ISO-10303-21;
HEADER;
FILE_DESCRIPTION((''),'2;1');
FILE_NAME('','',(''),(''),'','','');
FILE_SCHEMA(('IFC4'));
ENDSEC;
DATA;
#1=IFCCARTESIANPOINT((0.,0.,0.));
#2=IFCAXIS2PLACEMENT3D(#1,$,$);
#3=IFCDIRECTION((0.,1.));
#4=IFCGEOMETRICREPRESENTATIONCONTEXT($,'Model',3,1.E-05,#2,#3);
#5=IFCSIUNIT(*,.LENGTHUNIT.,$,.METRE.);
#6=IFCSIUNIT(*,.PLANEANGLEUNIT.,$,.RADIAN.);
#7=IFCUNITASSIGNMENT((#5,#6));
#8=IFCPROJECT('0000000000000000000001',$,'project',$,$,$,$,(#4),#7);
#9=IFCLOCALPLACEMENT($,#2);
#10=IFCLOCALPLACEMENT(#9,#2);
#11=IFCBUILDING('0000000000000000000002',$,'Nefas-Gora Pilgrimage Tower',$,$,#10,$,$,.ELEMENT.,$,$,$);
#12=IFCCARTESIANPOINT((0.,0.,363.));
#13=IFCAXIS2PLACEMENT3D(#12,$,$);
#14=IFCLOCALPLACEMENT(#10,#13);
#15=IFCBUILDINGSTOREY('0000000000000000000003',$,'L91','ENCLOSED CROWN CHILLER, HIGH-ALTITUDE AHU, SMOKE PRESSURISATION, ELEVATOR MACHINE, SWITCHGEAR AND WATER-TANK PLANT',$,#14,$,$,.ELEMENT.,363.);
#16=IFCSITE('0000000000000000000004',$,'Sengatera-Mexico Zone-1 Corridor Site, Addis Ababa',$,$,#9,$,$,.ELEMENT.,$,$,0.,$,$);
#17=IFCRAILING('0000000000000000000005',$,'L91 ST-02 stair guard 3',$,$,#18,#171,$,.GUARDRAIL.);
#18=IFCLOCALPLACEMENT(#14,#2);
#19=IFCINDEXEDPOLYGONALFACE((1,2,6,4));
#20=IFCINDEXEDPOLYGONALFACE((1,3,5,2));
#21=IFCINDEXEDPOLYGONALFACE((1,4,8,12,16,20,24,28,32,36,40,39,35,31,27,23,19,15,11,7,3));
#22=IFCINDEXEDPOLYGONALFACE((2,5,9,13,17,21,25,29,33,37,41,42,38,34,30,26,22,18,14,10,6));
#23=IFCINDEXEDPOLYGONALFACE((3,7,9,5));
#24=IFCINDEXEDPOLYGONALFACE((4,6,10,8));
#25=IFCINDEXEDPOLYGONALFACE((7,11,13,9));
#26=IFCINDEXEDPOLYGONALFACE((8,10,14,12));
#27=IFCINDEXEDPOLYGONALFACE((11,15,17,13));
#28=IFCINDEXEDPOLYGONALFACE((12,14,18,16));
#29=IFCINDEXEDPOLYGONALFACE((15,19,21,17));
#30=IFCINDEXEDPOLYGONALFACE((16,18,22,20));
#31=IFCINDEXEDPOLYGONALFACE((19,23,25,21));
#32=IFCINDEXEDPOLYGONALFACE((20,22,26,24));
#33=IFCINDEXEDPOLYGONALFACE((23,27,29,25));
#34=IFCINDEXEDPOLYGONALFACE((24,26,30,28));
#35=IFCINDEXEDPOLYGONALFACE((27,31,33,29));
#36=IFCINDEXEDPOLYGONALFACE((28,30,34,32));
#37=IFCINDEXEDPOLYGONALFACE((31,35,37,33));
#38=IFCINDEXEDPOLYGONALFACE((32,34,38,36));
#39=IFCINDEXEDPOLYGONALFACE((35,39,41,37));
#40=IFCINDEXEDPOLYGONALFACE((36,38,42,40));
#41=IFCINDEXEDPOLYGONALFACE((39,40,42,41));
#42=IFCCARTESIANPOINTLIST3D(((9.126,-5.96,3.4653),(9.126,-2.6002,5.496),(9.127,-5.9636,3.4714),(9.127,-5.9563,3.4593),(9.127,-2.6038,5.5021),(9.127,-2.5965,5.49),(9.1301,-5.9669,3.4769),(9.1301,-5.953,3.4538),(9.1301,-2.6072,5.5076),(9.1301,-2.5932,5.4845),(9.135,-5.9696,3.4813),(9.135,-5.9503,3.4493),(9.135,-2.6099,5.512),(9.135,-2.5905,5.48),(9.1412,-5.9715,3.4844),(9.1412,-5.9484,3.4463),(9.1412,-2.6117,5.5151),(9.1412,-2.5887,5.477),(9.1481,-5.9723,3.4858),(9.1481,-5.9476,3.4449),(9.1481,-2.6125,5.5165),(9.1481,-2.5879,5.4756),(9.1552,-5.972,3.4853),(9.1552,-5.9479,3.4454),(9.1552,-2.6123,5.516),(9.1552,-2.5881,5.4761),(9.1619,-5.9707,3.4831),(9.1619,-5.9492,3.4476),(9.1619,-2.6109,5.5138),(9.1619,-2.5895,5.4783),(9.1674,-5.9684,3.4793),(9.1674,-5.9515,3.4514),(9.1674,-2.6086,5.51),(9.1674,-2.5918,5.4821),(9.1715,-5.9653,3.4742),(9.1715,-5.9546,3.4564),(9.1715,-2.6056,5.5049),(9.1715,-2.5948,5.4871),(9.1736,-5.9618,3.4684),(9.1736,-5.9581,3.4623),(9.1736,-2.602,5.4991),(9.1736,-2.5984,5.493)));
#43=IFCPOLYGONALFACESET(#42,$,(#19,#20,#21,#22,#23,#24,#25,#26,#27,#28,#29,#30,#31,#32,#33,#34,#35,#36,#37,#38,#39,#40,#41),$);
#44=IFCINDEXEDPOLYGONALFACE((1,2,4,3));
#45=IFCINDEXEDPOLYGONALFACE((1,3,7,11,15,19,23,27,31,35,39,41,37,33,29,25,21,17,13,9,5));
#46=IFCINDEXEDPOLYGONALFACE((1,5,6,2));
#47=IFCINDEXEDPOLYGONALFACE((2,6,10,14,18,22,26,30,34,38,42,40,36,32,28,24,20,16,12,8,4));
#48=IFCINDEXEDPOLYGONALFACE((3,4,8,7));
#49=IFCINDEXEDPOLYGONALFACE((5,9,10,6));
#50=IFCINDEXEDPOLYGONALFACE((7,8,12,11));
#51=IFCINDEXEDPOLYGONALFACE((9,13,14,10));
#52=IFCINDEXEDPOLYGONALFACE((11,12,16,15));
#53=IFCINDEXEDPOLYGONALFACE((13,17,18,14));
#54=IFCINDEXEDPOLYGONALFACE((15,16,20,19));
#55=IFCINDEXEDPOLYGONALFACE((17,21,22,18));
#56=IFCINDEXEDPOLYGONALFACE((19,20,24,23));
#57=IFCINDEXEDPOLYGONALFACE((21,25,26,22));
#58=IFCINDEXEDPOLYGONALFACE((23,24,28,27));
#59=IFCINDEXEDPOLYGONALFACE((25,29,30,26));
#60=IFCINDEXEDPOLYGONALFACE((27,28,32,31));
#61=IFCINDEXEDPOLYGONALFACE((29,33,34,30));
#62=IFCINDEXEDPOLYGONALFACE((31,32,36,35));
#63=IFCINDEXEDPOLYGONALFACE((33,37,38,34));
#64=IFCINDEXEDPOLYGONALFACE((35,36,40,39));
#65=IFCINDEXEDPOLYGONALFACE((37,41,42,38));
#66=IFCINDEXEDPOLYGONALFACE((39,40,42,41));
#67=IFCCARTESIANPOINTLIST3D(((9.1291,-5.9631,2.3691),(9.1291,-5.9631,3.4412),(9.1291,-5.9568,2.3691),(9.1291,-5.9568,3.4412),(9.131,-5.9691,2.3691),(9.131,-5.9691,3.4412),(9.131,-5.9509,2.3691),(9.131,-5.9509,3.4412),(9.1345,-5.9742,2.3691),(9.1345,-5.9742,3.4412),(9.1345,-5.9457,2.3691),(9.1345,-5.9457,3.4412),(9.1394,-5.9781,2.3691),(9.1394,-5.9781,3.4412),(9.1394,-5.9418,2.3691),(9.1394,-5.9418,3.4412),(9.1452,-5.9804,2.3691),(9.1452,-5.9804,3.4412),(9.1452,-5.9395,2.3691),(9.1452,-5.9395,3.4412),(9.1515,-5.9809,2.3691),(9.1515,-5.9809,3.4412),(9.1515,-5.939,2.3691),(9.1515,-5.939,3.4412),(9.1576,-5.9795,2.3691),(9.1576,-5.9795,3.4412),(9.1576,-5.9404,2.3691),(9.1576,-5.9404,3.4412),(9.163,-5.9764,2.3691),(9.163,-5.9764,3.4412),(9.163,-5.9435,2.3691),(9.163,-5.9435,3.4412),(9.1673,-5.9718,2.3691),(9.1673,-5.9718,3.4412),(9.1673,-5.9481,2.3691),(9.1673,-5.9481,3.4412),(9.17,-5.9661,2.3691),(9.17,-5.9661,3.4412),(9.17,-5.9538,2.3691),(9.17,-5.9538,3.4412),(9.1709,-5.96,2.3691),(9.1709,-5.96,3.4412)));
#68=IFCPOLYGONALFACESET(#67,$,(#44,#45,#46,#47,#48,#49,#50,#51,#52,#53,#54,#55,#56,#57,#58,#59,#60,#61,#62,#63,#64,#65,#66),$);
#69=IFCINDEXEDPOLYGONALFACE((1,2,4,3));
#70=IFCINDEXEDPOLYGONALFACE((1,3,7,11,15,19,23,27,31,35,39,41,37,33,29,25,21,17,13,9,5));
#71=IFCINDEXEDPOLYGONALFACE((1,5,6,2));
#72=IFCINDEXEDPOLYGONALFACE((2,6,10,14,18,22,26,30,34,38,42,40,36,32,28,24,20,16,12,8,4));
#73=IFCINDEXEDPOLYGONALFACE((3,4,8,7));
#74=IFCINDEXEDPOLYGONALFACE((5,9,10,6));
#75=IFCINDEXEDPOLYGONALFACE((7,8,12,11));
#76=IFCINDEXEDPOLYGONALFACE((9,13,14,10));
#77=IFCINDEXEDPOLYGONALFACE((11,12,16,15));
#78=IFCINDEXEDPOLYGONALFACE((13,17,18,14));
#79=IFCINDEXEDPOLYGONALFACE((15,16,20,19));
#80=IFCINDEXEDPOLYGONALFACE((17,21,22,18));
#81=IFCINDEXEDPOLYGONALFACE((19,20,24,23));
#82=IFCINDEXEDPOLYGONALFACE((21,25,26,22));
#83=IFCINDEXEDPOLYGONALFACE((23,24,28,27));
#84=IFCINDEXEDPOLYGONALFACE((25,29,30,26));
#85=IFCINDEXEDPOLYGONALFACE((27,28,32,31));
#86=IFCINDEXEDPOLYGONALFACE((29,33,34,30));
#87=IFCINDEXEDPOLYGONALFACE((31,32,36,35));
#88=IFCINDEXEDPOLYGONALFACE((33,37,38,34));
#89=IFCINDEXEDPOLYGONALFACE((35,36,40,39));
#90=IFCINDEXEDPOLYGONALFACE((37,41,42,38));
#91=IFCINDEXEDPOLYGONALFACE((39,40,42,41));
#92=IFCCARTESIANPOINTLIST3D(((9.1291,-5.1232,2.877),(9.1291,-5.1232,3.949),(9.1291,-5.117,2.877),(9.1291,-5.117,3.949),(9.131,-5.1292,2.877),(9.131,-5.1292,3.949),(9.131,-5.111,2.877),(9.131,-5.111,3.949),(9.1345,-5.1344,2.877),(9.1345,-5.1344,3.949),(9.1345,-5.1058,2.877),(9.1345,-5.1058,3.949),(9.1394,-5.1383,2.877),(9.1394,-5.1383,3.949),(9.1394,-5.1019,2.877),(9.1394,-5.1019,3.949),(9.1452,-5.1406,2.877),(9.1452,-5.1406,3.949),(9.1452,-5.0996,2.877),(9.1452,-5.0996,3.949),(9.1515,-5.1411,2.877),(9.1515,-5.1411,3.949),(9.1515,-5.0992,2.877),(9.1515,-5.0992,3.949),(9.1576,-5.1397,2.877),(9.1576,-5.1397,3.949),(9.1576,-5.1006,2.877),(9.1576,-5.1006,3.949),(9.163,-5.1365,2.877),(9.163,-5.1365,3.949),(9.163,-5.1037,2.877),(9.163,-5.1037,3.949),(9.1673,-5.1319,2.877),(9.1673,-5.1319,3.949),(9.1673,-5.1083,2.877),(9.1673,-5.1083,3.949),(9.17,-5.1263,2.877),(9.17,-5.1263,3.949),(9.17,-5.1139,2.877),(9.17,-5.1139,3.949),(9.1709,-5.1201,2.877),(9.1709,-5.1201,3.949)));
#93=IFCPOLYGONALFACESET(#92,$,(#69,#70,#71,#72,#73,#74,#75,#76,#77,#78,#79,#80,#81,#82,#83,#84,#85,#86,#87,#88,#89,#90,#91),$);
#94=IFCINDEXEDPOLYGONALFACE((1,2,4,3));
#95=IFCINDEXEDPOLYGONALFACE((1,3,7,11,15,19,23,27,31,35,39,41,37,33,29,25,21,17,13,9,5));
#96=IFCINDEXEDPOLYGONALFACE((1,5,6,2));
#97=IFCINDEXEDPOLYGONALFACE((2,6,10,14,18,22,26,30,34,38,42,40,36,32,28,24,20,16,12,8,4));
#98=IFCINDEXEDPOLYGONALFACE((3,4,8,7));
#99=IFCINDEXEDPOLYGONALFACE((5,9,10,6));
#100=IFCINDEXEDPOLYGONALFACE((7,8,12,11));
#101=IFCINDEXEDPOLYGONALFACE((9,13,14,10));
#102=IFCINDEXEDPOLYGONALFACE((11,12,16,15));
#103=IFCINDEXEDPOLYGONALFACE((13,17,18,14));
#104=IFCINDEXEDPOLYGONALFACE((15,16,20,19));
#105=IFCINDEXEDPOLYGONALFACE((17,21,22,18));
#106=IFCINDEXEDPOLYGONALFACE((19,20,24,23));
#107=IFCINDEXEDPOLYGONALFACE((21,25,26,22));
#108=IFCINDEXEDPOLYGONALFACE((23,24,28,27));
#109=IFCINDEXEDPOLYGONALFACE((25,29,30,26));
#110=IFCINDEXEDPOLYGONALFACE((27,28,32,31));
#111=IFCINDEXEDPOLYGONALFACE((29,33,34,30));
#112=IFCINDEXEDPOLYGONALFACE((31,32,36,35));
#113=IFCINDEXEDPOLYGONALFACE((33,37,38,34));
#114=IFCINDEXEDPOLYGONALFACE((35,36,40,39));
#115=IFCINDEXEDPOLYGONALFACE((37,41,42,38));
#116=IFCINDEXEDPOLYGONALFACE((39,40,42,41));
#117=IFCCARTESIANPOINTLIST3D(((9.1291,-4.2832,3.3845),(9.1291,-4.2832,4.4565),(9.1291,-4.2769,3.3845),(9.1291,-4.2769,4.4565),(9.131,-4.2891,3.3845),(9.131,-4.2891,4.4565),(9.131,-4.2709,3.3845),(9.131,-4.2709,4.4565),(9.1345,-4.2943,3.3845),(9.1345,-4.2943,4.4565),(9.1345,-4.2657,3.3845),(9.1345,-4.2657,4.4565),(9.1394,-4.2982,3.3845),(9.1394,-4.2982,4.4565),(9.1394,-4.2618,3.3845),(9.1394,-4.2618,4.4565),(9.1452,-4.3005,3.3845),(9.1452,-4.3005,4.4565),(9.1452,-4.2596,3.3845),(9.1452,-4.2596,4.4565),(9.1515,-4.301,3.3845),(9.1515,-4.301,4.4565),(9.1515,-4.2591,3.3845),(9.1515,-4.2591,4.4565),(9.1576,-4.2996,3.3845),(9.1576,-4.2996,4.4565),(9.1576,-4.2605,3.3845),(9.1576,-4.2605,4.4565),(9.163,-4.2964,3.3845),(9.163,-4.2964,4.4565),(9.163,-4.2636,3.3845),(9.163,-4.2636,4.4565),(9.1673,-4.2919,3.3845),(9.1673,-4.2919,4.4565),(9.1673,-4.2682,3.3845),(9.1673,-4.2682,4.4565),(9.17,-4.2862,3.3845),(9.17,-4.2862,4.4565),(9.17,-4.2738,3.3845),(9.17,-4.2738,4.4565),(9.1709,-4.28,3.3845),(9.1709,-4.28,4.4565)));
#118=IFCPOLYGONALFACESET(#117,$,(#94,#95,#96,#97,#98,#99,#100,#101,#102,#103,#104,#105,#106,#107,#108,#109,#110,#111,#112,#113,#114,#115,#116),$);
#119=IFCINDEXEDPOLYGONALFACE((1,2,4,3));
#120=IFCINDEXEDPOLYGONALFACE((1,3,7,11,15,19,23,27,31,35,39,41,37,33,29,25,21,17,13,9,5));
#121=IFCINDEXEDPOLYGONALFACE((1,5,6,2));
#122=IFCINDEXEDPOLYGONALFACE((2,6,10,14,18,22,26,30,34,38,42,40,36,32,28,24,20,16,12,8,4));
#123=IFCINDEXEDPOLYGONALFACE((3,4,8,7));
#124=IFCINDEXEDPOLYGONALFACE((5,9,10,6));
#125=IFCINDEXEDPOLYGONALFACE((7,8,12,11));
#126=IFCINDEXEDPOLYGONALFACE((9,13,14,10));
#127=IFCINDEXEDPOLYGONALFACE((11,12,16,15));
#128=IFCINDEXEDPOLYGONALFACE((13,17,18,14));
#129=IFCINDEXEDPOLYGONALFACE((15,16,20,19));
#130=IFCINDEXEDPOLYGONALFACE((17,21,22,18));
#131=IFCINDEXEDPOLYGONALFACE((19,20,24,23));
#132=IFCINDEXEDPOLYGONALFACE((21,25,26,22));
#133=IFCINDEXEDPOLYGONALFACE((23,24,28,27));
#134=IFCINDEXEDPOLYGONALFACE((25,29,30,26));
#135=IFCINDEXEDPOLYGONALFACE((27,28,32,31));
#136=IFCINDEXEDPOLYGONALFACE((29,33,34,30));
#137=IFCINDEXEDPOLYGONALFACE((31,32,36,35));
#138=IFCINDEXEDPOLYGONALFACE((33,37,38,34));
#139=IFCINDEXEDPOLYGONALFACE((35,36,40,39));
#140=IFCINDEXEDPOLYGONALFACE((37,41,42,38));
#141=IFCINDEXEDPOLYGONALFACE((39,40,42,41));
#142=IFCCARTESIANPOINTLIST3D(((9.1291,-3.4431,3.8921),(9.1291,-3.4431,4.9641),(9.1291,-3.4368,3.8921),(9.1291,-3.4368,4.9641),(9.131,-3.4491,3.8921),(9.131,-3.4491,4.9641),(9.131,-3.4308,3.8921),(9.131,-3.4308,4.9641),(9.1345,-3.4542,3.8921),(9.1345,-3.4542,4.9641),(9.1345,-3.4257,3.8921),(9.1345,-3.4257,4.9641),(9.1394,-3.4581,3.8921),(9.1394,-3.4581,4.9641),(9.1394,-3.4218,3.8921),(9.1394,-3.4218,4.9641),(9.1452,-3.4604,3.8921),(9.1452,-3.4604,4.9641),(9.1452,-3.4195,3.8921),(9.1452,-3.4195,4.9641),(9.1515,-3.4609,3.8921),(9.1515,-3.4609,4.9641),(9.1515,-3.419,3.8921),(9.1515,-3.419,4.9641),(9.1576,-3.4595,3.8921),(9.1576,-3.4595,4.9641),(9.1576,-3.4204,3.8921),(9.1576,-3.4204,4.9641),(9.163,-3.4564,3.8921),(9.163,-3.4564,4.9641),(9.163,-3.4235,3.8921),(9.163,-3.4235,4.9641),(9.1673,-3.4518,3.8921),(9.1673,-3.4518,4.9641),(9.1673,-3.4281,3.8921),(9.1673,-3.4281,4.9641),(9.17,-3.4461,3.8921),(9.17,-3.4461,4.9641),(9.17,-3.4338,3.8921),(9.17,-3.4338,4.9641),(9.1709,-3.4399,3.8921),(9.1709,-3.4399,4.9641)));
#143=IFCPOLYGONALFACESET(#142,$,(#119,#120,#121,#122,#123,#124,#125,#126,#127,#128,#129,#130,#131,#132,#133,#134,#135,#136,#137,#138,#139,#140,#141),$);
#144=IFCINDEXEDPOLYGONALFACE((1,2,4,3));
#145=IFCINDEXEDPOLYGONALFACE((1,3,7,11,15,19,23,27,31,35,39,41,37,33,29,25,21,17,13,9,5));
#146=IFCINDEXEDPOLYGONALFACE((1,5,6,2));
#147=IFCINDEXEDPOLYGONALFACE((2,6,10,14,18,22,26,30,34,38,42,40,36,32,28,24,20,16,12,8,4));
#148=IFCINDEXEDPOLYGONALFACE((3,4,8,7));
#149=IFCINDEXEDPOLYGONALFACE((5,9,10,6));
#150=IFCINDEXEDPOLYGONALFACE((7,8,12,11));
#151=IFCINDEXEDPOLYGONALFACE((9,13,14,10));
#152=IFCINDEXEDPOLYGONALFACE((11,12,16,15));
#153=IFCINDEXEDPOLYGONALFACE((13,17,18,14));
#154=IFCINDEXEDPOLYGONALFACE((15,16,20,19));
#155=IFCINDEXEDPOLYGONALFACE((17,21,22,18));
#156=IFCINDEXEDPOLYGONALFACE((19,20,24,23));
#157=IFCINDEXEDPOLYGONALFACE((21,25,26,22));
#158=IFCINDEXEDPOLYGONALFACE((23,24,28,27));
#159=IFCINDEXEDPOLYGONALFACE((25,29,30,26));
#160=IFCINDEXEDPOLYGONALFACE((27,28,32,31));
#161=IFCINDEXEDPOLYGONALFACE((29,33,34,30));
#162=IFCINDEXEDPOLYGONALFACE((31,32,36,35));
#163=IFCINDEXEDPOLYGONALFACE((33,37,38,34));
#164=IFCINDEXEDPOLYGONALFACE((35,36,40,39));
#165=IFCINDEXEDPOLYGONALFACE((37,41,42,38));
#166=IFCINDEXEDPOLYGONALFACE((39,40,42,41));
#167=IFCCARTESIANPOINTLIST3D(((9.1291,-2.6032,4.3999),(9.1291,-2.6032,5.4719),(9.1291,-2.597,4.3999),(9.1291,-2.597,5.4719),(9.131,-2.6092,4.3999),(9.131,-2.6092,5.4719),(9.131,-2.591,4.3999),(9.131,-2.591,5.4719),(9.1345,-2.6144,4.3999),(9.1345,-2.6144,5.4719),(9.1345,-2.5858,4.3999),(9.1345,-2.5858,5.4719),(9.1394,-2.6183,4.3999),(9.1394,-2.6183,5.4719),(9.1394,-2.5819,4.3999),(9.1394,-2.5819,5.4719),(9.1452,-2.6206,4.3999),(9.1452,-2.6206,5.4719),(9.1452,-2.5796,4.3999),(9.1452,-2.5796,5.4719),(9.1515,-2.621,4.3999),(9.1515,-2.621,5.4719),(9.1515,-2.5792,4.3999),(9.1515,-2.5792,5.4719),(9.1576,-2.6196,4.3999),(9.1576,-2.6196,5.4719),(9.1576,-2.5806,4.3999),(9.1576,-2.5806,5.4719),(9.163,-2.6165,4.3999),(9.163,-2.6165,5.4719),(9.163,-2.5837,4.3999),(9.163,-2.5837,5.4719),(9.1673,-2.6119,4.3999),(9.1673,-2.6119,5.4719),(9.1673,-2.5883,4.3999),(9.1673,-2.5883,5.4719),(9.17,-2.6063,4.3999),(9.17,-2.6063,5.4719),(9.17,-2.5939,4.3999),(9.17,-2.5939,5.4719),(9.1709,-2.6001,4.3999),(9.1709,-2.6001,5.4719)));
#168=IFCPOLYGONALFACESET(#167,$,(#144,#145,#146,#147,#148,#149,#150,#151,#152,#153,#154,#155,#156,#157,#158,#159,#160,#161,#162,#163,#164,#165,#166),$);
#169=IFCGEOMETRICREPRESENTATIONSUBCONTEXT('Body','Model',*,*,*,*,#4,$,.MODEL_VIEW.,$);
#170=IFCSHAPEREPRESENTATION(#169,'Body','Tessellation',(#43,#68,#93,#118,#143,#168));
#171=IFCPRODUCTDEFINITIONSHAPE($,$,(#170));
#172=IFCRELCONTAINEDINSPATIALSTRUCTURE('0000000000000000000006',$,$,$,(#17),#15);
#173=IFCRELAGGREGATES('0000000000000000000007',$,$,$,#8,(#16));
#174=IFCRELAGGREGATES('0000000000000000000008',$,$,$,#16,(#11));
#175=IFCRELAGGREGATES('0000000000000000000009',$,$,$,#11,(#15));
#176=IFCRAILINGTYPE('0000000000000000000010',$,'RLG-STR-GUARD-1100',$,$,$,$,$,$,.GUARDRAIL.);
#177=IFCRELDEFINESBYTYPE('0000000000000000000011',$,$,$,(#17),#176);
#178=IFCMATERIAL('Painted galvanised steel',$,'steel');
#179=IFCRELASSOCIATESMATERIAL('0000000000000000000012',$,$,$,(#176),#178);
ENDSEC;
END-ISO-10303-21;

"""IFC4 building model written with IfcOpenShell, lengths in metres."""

from ifc_helpers import new_model, si_unit, direction, frame, origin, origin_2d, place, context, subcontext, project, spatial, circle, extrude, material, type_object, element, save


model = new_model("IFC4")

# Units and contexts
model_context = context("Model", 3, precision=1e-05, world=origin(), true_north=direction((0.0, 1.0)))
body_context = subcontext(model_context, "Body", "Model", "MODEL_VIEW")
ifc_project = project(units=[si_unit("LENGTHUNIT", "METRE"), si_unit("PLANEANGLEUNIT", "RADIAN")], contexts=[model_context])

# Site, building, storey
site_placement = place(None, origin())
site = spatial("IfcSite", under=ifc_project, at=site_placement, Name="Sengatera-Mexico Zone-1 Corridor Site, Addis Ababa", CompositionType="ELEMENT", RefElevation=0.0)
building_placement = place(site_placement, origin())
building = spatial("IfcBuilding", under=site, at=building_placement, Name="Nefas-Gora Pilgrimage Tower", CompositionType="ELEMENT")
storey_placement = place(building_placement, frame((0.0, 0.0, 363.0)))
storey = spatial("IfcBuildingStorey", under=building, at=storey_placement, Name="L91", Description="ENCLOSED CROWN CHILLER, HIGH-ALTITUDE AHU, SMOKE PRESSURISATION, ELEVATOR MACHINE, SWITCHGEAR AND WATER-TANK PLANT", CompositionType="ELEMENT", Elevation=363.0)

# Railing
ifc_material_1 = material(Name="Painted galvanised steel", Category="steel")
railing_type_1 = type_object("IfcRailingType", Name="RLG-STR-GUARD-1100", PredefinedType="GUARDRAIL", material=ifc_material_1)
railing_1_placement = place(storey_placement, frame((9.1499, -5.96, 2.3691)))
element("IfcRailing", 1, at=railing_1_placement, inside=storey, type_object=railing_type_1, Name="L91 ST-02 stair guard 3", PredefinedType="GUARDRAIL", context=body_context, shape_type="SweptSolid", body=[
    extrude(circle(Radius=0.0239, at=origin_2d()), frame((0.0, 0.0, 1.0962), z_axis=(0.0, 0.85582, 0.517273), x_axis=(-1.0, 0.0, 0.0)), (0.0, 0.0, 1.0), 3.9258),
    extrude(circle(Radius=0.021, at=origin_2d()), origin(), (0.0, 0.0, 1.0), 1.072),
    extrude(circle(Radius=0.021, at=origin_2d()), frame((0.0, 0.8398, 0.5078)), (0.0, 0.0, 1.0), 1.072),
    extrude(circle(Radius=0.021, at=origin_2d()), frame((0.0, 1.6799, 1.0154)), (0.0, 0.0, 1.0), 1.072),
    extrude(circle(Radius=0.021, at=origin_2d()), frame((0.0, 2.52, 1.5229)), (0.0, 0.0, 1.0), 1.072),
    extrude(circle(Radius=0.021, at=origin_2d()), frame((0.0, 3.3599, 2.0308)), (0.0, 0.0, 1.0), 1.072),
])

save(model, "model.ifc")
